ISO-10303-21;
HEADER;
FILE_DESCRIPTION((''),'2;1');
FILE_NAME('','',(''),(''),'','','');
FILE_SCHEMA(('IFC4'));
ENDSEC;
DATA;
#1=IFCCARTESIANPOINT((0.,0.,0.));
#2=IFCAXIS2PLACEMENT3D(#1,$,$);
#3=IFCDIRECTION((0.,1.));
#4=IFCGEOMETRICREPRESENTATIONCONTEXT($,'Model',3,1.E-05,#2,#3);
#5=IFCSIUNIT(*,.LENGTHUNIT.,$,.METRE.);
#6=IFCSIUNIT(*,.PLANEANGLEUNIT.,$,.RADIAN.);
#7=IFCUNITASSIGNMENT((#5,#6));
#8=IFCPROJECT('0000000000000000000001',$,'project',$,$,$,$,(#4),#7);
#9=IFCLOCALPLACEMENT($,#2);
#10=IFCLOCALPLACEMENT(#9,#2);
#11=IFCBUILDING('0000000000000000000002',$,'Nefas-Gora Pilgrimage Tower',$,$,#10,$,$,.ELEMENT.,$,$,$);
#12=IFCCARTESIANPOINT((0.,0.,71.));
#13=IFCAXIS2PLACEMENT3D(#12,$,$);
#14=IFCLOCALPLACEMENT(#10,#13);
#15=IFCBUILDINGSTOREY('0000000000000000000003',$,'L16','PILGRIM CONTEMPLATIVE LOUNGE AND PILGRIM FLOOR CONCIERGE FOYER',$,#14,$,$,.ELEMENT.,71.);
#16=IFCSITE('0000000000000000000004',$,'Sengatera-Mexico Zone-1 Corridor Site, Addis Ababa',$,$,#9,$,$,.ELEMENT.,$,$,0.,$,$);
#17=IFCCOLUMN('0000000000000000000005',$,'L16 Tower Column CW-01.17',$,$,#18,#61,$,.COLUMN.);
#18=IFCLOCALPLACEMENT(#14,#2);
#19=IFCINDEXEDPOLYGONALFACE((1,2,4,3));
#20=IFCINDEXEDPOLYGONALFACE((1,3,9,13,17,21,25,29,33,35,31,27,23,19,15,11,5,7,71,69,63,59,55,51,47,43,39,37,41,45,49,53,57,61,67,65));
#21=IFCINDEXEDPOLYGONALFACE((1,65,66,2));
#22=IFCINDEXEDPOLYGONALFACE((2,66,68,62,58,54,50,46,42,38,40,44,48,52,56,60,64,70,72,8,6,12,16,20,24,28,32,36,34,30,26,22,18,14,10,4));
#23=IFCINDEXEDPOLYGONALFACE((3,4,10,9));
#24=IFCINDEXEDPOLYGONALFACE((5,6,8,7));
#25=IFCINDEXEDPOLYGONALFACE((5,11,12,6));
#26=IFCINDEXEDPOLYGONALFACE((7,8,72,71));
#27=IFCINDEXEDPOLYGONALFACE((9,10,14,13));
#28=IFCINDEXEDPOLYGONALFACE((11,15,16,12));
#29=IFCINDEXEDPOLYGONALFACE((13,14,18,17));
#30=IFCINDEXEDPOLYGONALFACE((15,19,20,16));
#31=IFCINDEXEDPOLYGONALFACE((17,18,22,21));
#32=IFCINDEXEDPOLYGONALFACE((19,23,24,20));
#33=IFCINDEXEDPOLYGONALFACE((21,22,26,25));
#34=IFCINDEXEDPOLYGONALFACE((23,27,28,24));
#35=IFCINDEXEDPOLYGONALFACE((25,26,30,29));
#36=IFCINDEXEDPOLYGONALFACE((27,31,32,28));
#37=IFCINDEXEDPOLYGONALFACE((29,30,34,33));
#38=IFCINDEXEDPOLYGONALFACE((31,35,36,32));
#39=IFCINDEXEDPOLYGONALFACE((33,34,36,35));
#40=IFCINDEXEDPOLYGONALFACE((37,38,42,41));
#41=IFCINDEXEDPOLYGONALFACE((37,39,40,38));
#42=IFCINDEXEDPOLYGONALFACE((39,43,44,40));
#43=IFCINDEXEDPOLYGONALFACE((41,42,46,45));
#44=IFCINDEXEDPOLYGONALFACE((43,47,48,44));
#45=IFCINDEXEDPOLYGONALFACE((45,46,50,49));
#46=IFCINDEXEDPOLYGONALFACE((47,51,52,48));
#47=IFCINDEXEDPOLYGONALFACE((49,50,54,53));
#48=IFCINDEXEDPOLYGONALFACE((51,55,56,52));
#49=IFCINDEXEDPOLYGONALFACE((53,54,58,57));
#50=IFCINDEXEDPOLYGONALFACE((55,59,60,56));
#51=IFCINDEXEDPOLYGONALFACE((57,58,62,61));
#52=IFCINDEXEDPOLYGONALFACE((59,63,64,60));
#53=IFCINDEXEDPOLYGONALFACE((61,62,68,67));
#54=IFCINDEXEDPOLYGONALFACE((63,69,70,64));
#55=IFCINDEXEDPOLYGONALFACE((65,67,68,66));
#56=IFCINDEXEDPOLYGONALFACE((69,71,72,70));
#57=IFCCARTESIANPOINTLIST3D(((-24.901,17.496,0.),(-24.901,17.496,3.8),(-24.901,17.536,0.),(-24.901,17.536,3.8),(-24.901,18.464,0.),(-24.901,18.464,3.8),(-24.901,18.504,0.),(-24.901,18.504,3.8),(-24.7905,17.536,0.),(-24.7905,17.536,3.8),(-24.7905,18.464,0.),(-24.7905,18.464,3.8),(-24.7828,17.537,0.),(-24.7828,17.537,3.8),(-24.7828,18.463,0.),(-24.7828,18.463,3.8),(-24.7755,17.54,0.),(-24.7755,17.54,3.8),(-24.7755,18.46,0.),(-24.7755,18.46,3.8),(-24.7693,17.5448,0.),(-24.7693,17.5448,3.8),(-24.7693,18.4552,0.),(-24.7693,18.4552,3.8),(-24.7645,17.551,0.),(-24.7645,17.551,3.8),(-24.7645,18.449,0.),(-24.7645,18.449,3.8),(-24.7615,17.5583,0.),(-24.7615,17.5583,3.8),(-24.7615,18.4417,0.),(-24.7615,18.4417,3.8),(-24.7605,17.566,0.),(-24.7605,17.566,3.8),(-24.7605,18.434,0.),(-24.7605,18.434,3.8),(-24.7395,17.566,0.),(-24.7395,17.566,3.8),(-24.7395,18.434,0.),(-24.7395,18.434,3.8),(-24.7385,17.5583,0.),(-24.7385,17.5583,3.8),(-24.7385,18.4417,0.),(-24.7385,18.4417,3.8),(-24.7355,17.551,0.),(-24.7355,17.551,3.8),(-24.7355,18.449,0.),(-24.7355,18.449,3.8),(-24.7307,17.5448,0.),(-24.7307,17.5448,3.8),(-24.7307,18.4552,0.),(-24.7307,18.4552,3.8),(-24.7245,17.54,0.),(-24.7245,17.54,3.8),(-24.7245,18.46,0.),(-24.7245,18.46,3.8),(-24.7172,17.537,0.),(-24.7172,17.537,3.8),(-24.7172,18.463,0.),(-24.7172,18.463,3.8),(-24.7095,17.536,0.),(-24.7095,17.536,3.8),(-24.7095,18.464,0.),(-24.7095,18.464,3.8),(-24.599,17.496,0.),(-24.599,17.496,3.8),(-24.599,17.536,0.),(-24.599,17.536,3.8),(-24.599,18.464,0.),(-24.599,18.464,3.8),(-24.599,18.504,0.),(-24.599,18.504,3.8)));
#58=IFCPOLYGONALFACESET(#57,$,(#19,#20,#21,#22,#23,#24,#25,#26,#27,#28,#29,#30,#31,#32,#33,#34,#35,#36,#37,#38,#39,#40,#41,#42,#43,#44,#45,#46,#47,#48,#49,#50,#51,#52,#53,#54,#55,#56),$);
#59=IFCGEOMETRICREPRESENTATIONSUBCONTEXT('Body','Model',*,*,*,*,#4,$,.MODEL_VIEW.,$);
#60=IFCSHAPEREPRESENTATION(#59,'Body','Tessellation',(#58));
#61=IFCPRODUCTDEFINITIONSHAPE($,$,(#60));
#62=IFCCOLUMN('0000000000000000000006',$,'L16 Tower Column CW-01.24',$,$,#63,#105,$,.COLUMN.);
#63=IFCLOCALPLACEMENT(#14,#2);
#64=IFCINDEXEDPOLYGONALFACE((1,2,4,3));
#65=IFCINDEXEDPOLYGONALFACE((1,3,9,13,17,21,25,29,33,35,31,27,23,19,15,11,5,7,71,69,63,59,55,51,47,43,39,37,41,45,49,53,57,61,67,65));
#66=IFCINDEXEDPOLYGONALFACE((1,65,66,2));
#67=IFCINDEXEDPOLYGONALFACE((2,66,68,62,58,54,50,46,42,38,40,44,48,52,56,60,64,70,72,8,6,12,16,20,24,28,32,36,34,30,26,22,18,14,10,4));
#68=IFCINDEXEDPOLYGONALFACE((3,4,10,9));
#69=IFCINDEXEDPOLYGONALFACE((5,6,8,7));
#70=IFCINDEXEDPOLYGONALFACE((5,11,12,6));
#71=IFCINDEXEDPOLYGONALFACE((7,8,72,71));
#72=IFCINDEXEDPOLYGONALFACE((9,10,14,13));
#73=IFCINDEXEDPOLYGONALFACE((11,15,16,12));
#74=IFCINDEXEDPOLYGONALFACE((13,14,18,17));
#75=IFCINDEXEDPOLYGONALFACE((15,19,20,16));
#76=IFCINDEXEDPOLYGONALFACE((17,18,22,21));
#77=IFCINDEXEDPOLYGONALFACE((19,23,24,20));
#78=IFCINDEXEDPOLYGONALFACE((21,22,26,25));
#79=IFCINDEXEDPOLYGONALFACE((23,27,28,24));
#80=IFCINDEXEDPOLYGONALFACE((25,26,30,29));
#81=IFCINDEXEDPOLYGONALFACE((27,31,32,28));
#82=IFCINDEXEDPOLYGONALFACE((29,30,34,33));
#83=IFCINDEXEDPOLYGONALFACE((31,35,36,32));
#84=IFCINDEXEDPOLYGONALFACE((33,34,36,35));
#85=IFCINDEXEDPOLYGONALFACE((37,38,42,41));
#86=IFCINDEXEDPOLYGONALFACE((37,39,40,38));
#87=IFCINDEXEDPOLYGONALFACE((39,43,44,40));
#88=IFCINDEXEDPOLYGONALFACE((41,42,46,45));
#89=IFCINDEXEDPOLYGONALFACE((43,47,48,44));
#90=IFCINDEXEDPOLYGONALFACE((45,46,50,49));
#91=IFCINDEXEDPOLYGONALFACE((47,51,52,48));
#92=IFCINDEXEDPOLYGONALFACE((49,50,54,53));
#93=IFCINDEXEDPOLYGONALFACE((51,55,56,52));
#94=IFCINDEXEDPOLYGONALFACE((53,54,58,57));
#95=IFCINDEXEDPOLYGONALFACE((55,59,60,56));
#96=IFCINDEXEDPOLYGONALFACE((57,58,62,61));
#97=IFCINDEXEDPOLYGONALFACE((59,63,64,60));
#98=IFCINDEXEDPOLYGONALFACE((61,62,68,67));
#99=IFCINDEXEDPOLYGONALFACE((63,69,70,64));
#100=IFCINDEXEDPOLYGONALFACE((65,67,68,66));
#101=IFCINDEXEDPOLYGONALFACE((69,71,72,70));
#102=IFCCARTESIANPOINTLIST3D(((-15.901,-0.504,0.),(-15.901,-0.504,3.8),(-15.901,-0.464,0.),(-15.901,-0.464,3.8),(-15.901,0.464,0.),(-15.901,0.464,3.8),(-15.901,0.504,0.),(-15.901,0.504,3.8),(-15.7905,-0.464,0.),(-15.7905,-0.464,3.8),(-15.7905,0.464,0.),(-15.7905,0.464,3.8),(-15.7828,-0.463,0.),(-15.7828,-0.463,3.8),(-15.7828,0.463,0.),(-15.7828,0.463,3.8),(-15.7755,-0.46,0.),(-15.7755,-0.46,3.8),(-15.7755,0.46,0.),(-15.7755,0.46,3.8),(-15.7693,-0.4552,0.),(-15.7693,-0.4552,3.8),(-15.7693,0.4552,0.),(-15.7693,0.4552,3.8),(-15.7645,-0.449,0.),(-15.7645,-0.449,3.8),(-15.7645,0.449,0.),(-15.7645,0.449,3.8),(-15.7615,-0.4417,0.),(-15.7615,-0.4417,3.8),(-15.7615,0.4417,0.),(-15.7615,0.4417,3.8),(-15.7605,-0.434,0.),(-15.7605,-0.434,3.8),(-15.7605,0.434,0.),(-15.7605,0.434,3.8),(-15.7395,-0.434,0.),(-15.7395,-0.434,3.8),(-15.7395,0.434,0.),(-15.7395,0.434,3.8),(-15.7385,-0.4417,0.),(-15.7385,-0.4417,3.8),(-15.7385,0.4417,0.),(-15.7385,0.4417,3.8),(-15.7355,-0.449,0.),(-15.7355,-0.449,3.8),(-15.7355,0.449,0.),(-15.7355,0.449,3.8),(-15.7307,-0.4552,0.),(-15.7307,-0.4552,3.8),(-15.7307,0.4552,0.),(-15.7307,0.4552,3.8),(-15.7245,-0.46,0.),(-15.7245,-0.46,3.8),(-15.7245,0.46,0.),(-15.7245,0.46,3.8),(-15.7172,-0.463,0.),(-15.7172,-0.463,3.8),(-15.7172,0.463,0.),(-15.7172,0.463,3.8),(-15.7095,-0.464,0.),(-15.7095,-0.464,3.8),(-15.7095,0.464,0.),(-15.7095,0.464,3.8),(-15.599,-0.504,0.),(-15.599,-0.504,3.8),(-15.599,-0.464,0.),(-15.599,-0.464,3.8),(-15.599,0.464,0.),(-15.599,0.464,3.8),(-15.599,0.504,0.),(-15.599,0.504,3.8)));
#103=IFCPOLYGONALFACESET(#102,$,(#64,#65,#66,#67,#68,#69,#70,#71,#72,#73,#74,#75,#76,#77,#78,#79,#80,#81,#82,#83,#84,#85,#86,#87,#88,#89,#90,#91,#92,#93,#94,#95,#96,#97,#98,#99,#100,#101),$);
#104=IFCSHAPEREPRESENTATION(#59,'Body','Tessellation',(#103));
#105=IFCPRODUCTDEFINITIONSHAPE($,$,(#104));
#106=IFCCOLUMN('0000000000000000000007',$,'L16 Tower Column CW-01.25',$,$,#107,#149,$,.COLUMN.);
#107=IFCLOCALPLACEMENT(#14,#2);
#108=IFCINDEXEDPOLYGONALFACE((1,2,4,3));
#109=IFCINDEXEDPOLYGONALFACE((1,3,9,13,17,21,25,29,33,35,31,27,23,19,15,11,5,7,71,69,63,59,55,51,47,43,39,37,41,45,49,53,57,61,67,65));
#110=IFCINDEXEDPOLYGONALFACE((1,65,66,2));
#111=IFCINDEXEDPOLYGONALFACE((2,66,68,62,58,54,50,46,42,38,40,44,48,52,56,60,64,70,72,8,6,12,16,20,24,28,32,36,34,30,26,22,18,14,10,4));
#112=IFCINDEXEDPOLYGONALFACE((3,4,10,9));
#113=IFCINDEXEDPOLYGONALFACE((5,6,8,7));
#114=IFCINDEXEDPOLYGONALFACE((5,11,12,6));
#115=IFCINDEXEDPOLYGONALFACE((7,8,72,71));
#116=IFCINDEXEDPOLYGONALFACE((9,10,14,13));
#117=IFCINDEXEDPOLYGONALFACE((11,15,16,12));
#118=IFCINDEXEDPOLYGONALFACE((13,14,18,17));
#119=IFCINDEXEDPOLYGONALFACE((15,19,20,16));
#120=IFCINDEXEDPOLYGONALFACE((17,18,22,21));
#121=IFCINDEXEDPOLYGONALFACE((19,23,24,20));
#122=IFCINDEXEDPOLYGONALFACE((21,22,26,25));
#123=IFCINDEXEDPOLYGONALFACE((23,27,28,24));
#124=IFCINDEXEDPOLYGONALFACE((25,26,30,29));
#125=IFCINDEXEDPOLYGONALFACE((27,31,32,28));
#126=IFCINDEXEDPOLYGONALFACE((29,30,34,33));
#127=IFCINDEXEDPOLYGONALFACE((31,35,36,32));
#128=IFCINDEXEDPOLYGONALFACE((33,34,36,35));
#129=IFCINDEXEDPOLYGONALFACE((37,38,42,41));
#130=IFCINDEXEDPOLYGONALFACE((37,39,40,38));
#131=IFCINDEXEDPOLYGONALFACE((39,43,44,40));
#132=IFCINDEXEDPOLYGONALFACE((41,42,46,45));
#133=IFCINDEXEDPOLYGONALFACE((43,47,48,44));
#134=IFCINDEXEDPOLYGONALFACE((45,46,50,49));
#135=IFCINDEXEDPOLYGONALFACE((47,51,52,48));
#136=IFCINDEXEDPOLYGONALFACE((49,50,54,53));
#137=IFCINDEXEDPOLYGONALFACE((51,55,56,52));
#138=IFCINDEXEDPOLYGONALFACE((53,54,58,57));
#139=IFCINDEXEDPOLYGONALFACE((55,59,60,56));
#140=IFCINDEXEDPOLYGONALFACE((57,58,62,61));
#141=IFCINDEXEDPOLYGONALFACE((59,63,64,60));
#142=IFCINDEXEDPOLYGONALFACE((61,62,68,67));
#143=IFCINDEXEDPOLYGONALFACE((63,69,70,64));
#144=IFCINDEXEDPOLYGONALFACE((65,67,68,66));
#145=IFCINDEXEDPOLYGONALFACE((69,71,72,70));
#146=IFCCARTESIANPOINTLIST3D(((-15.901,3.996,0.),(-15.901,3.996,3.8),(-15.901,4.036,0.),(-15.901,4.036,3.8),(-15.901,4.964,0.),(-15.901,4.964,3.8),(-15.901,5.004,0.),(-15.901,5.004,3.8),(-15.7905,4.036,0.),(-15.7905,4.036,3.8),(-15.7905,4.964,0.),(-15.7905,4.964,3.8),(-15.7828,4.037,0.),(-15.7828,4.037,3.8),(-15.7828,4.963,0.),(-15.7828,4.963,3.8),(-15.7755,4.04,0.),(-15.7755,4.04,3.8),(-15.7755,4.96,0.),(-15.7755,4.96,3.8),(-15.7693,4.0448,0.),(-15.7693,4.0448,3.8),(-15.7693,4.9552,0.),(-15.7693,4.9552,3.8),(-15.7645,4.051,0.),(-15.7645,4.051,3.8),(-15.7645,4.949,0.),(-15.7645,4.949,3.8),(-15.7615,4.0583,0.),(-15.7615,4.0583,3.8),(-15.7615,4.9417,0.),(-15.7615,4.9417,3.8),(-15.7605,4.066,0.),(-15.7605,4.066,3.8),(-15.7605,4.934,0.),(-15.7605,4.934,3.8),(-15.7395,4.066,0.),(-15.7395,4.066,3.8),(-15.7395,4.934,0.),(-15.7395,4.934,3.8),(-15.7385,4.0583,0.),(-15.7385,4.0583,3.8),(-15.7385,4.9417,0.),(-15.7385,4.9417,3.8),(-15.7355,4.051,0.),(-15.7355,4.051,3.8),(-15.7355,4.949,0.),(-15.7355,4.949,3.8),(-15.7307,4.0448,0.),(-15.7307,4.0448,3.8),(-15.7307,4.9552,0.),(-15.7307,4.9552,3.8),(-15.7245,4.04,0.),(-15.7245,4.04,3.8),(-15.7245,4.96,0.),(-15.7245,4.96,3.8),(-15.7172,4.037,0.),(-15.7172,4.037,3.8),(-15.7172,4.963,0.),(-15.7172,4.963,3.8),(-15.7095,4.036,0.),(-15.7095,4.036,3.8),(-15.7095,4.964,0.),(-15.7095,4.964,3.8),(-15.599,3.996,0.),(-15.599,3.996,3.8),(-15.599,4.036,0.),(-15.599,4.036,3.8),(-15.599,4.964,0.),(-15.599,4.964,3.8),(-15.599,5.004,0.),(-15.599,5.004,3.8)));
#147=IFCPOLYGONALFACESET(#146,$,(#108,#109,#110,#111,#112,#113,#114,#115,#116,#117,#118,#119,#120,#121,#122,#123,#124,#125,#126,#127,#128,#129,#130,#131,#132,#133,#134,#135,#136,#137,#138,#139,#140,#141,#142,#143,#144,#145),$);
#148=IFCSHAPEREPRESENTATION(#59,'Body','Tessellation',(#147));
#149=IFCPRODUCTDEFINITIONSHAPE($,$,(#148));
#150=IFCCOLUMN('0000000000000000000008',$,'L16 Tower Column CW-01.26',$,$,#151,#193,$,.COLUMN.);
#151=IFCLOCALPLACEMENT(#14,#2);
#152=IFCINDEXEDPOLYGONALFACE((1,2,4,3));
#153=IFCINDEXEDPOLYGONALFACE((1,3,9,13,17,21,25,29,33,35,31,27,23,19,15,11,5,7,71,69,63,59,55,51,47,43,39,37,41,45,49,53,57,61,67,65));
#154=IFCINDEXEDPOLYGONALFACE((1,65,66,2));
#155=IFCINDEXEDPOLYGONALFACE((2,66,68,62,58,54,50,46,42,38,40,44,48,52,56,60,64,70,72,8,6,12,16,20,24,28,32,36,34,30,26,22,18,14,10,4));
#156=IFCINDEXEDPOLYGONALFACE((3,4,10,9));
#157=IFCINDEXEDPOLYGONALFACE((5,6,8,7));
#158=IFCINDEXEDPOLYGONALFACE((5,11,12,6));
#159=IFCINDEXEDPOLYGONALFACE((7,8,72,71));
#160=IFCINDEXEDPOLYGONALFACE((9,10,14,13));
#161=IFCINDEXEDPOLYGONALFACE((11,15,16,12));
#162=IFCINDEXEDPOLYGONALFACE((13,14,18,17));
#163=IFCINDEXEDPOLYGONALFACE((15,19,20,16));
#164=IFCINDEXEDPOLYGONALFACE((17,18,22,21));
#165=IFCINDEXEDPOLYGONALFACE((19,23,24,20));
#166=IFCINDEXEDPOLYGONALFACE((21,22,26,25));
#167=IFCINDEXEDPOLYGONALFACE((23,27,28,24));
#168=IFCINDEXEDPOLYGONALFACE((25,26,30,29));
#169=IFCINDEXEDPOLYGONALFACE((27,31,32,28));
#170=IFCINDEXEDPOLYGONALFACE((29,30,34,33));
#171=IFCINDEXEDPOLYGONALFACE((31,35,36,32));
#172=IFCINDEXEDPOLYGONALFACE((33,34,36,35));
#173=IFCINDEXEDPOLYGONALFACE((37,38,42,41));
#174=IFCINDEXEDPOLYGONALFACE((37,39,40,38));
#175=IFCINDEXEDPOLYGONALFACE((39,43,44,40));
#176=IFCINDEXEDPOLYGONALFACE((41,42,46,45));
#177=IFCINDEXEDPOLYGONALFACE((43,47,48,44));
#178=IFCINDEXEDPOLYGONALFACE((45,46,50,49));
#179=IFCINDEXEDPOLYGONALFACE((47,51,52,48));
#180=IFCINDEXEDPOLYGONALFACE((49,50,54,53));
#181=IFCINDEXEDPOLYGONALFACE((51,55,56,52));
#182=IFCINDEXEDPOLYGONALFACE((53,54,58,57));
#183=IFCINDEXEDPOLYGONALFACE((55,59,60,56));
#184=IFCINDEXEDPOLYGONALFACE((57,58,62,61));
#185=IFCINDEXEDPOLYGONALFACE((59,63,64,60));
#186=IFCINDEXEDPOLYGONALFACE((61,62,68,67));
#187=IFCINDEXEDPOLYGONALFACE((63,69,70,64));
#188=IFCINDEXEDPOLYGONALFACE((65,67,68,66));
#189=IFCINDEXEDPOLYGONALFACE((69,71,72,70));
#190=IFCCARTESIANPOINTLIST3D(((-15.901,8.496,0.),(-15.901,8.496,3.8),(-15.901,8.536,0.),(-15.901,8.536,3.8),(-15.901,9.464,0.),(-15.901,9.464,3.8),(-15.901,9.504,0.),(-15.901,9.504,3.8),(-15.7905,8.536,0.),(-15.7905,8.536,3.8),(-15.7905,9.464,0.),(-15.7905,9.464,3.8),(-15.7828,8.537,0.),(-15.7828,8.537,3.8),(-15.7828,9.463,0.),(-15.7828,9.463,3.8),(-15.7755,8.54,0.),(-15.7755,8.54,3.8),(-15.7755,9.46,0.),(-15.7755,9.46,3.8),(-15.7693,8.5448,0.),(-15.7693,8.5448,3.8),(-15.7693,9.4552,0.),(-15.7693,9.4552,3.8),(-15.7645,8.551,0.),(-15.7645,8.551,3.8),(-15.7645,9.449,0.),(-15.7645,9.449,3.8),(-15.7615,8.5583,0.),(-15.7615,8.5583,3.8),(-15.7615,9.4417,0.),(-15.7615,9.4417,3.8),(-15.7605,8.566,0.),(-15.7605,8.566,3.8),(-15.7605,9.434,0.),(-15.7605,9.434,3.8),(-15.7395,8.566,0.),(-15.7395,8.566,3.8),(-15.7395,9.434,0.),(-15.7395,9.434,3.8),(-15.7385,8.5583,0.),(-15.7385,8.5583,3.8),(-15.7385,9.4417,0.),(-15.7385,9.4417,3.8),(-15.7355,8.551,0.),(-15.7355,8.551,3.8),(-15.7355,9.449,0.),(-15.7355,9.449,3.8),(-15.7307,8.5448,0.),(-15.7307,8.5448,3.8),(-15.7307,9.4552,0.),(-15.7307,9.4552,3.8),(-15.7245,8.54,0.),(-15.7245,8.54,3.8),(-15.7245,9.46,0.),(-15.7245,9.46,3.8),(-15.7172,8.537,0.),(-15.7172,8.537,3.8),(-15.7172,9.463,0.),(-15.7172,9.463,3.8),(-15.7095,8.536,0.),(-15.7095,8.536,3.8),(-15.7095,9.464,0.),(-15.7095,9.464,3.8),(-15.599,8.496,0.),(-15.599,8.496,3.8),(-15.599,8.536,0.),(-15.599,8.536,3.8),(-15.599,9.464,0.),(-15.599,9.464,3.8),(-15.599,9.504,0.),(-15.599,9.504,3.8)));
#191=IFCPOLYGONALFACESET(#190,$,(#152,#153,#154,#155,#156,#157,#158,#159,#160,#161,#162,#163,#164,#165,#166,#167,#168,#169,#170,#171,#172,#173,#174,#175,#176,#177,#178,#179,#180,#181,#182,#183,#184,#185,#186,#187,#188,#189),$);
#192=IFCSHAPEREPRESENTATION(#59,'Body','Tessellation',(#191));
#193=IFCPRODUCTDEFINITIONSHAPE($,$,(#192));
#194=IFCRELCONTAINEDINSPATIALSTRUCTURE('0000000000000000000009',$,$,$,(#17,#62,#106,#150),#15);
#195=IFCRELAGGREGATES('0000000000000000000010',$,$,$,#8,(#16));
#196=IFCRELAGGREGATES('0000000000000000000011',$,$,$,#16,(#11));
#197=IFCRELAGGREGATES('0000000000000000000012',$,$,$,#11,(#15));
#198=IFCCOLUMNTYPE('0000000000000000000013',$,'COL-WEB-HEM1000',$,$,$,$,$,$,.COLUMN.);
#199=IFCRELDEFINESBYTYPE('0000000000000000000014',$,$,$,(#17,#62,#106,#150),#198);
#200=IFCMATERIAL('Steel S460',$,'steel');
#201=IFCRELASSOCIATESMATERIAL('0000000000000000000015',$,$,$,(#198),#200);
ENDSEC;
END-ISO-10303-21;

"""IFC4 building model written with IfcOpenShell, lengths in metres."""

from ifc_helpers import new_model, si_unit, direction, frame, origin, origin_2d, place, context, subcontext, project, spatial, i_section, extrude, source, transform, mapped, material, material_profile, profile_set, type_object, element, save


model = new_model("IFC4")

# Units and contexts
model_context = context("Model", 3, precision=1e-05, world=origin(), true_north=direction((0.0, 1.0)))
body_context = subcontext(model_context, "Body", "Model", "MODEL_VIEW")
ifc_project = project(units=[si_unit("LENGTHUNIT", "METRE"), si_unit("PLANEANGLEUNIT", "RADIAN")], contexts=[model_context])

# Site, building, storey
site_placement = place(None, origin())
site = spatial("IfcSite", under=ifc_project, at=site_placement, Name="Sengatera-Mexico Zone-1 Corridor Site, Addis Ababa", CompositionType="ELEMENT", RefElevation=0.0)
building_placement = place(site_placement, origin())
building = spatial("IfcBuilding", under=site, at=building_placement, Name="Nefas-Gora Pilgrimage Tower", CompositionType="ELEMENT")
storey_placement = place(building_placement, frame((0.0, 0.0, 71.0)))
storey = spatial("IfcBuildingStorey", under=building, at=storey_placement, Name="L16", Description="PILGRIM CONTEMPLATIVE LOUNGE AND PILGRIM FLOOR CONCIERGE FOYER", CompositionType="ELEMENT", Elevation=71.0)

# Columns
ifc_material_1 = material(Name="Steel S460", Category="steel")
ifc_material_profile_1 = material_profile(ifc_material_1, i_section(OverallWidth=0.302, OverallDepth=1.0081, WebThickness=0.021, FlangeThickness=0.04, FilletRadius=0.03, at=origin_2d()), Name="HEM 1000")
ifc_profile_set_1 = profile_set([ifc_material_profile_1], Name="Steel S460")
column_type_1 = type_object("IfcColumnType", Name="COL-WEB-HEM1000", PredefinedType="COLUMN", material=ifc_profile_set_1)
shared_shape_1 = source(origin(), body_context, "Body", "SweptSolid", [
    extrude(i_section(OverallWidth=0.302, OverallDepth=1.0081, WebThickness=0.021, FlangeThickness=0.04, FilletRadius=0.03, at=origin_2d()), origin(), (0.0, 0.0, 1.0), 3.8),
])
for number, where, z_axis, x_axis, name in (
    (1, (-24.75, 18.0, 0.0), (0.0, 0.0, 1.0), (1.0, 0.0, 0.0), "L16 Tower Column CW-01.17"),
    (2, (-15.75, 0.0, 0.0), (0.0, 0.0, 1.0), (1.0, 0.0, 0.0), "L16 Tower Column CW-01.24"),
    (3, (-15.75, 4.5, 0.0), (0.0, 0.0, 1.0), (1.0, 0.0, 0.0), "L16 Tower Column CW-01.25"),
    (4, (-15.75, 9.0, 0.0), (0.0, 0.0, 1.0), (1.0, 0.0, 0.0), "L16 Tower Column CW-01.26"),
):
    element("IfcColumn", number, at=place(storey_placement, frame(where, z_axis=z_axis, x_axis=x_axis)), inside=storey, type_object=column_type_1, Name=name, PredefinedType="COLUMN", context=body_context, shape_type="MappedRepresentation", body=[
        mapped(shared_shape_1, transform((0.0, 0.0, 0.0), x_axis=(1.0, 0.0, 0.0), y_axis=(0.0, 1.0, 0.0), z_axis=(0.0, 0.0, 1.0), scale=1.0)),
    ])

save(model, "model.ifc")
